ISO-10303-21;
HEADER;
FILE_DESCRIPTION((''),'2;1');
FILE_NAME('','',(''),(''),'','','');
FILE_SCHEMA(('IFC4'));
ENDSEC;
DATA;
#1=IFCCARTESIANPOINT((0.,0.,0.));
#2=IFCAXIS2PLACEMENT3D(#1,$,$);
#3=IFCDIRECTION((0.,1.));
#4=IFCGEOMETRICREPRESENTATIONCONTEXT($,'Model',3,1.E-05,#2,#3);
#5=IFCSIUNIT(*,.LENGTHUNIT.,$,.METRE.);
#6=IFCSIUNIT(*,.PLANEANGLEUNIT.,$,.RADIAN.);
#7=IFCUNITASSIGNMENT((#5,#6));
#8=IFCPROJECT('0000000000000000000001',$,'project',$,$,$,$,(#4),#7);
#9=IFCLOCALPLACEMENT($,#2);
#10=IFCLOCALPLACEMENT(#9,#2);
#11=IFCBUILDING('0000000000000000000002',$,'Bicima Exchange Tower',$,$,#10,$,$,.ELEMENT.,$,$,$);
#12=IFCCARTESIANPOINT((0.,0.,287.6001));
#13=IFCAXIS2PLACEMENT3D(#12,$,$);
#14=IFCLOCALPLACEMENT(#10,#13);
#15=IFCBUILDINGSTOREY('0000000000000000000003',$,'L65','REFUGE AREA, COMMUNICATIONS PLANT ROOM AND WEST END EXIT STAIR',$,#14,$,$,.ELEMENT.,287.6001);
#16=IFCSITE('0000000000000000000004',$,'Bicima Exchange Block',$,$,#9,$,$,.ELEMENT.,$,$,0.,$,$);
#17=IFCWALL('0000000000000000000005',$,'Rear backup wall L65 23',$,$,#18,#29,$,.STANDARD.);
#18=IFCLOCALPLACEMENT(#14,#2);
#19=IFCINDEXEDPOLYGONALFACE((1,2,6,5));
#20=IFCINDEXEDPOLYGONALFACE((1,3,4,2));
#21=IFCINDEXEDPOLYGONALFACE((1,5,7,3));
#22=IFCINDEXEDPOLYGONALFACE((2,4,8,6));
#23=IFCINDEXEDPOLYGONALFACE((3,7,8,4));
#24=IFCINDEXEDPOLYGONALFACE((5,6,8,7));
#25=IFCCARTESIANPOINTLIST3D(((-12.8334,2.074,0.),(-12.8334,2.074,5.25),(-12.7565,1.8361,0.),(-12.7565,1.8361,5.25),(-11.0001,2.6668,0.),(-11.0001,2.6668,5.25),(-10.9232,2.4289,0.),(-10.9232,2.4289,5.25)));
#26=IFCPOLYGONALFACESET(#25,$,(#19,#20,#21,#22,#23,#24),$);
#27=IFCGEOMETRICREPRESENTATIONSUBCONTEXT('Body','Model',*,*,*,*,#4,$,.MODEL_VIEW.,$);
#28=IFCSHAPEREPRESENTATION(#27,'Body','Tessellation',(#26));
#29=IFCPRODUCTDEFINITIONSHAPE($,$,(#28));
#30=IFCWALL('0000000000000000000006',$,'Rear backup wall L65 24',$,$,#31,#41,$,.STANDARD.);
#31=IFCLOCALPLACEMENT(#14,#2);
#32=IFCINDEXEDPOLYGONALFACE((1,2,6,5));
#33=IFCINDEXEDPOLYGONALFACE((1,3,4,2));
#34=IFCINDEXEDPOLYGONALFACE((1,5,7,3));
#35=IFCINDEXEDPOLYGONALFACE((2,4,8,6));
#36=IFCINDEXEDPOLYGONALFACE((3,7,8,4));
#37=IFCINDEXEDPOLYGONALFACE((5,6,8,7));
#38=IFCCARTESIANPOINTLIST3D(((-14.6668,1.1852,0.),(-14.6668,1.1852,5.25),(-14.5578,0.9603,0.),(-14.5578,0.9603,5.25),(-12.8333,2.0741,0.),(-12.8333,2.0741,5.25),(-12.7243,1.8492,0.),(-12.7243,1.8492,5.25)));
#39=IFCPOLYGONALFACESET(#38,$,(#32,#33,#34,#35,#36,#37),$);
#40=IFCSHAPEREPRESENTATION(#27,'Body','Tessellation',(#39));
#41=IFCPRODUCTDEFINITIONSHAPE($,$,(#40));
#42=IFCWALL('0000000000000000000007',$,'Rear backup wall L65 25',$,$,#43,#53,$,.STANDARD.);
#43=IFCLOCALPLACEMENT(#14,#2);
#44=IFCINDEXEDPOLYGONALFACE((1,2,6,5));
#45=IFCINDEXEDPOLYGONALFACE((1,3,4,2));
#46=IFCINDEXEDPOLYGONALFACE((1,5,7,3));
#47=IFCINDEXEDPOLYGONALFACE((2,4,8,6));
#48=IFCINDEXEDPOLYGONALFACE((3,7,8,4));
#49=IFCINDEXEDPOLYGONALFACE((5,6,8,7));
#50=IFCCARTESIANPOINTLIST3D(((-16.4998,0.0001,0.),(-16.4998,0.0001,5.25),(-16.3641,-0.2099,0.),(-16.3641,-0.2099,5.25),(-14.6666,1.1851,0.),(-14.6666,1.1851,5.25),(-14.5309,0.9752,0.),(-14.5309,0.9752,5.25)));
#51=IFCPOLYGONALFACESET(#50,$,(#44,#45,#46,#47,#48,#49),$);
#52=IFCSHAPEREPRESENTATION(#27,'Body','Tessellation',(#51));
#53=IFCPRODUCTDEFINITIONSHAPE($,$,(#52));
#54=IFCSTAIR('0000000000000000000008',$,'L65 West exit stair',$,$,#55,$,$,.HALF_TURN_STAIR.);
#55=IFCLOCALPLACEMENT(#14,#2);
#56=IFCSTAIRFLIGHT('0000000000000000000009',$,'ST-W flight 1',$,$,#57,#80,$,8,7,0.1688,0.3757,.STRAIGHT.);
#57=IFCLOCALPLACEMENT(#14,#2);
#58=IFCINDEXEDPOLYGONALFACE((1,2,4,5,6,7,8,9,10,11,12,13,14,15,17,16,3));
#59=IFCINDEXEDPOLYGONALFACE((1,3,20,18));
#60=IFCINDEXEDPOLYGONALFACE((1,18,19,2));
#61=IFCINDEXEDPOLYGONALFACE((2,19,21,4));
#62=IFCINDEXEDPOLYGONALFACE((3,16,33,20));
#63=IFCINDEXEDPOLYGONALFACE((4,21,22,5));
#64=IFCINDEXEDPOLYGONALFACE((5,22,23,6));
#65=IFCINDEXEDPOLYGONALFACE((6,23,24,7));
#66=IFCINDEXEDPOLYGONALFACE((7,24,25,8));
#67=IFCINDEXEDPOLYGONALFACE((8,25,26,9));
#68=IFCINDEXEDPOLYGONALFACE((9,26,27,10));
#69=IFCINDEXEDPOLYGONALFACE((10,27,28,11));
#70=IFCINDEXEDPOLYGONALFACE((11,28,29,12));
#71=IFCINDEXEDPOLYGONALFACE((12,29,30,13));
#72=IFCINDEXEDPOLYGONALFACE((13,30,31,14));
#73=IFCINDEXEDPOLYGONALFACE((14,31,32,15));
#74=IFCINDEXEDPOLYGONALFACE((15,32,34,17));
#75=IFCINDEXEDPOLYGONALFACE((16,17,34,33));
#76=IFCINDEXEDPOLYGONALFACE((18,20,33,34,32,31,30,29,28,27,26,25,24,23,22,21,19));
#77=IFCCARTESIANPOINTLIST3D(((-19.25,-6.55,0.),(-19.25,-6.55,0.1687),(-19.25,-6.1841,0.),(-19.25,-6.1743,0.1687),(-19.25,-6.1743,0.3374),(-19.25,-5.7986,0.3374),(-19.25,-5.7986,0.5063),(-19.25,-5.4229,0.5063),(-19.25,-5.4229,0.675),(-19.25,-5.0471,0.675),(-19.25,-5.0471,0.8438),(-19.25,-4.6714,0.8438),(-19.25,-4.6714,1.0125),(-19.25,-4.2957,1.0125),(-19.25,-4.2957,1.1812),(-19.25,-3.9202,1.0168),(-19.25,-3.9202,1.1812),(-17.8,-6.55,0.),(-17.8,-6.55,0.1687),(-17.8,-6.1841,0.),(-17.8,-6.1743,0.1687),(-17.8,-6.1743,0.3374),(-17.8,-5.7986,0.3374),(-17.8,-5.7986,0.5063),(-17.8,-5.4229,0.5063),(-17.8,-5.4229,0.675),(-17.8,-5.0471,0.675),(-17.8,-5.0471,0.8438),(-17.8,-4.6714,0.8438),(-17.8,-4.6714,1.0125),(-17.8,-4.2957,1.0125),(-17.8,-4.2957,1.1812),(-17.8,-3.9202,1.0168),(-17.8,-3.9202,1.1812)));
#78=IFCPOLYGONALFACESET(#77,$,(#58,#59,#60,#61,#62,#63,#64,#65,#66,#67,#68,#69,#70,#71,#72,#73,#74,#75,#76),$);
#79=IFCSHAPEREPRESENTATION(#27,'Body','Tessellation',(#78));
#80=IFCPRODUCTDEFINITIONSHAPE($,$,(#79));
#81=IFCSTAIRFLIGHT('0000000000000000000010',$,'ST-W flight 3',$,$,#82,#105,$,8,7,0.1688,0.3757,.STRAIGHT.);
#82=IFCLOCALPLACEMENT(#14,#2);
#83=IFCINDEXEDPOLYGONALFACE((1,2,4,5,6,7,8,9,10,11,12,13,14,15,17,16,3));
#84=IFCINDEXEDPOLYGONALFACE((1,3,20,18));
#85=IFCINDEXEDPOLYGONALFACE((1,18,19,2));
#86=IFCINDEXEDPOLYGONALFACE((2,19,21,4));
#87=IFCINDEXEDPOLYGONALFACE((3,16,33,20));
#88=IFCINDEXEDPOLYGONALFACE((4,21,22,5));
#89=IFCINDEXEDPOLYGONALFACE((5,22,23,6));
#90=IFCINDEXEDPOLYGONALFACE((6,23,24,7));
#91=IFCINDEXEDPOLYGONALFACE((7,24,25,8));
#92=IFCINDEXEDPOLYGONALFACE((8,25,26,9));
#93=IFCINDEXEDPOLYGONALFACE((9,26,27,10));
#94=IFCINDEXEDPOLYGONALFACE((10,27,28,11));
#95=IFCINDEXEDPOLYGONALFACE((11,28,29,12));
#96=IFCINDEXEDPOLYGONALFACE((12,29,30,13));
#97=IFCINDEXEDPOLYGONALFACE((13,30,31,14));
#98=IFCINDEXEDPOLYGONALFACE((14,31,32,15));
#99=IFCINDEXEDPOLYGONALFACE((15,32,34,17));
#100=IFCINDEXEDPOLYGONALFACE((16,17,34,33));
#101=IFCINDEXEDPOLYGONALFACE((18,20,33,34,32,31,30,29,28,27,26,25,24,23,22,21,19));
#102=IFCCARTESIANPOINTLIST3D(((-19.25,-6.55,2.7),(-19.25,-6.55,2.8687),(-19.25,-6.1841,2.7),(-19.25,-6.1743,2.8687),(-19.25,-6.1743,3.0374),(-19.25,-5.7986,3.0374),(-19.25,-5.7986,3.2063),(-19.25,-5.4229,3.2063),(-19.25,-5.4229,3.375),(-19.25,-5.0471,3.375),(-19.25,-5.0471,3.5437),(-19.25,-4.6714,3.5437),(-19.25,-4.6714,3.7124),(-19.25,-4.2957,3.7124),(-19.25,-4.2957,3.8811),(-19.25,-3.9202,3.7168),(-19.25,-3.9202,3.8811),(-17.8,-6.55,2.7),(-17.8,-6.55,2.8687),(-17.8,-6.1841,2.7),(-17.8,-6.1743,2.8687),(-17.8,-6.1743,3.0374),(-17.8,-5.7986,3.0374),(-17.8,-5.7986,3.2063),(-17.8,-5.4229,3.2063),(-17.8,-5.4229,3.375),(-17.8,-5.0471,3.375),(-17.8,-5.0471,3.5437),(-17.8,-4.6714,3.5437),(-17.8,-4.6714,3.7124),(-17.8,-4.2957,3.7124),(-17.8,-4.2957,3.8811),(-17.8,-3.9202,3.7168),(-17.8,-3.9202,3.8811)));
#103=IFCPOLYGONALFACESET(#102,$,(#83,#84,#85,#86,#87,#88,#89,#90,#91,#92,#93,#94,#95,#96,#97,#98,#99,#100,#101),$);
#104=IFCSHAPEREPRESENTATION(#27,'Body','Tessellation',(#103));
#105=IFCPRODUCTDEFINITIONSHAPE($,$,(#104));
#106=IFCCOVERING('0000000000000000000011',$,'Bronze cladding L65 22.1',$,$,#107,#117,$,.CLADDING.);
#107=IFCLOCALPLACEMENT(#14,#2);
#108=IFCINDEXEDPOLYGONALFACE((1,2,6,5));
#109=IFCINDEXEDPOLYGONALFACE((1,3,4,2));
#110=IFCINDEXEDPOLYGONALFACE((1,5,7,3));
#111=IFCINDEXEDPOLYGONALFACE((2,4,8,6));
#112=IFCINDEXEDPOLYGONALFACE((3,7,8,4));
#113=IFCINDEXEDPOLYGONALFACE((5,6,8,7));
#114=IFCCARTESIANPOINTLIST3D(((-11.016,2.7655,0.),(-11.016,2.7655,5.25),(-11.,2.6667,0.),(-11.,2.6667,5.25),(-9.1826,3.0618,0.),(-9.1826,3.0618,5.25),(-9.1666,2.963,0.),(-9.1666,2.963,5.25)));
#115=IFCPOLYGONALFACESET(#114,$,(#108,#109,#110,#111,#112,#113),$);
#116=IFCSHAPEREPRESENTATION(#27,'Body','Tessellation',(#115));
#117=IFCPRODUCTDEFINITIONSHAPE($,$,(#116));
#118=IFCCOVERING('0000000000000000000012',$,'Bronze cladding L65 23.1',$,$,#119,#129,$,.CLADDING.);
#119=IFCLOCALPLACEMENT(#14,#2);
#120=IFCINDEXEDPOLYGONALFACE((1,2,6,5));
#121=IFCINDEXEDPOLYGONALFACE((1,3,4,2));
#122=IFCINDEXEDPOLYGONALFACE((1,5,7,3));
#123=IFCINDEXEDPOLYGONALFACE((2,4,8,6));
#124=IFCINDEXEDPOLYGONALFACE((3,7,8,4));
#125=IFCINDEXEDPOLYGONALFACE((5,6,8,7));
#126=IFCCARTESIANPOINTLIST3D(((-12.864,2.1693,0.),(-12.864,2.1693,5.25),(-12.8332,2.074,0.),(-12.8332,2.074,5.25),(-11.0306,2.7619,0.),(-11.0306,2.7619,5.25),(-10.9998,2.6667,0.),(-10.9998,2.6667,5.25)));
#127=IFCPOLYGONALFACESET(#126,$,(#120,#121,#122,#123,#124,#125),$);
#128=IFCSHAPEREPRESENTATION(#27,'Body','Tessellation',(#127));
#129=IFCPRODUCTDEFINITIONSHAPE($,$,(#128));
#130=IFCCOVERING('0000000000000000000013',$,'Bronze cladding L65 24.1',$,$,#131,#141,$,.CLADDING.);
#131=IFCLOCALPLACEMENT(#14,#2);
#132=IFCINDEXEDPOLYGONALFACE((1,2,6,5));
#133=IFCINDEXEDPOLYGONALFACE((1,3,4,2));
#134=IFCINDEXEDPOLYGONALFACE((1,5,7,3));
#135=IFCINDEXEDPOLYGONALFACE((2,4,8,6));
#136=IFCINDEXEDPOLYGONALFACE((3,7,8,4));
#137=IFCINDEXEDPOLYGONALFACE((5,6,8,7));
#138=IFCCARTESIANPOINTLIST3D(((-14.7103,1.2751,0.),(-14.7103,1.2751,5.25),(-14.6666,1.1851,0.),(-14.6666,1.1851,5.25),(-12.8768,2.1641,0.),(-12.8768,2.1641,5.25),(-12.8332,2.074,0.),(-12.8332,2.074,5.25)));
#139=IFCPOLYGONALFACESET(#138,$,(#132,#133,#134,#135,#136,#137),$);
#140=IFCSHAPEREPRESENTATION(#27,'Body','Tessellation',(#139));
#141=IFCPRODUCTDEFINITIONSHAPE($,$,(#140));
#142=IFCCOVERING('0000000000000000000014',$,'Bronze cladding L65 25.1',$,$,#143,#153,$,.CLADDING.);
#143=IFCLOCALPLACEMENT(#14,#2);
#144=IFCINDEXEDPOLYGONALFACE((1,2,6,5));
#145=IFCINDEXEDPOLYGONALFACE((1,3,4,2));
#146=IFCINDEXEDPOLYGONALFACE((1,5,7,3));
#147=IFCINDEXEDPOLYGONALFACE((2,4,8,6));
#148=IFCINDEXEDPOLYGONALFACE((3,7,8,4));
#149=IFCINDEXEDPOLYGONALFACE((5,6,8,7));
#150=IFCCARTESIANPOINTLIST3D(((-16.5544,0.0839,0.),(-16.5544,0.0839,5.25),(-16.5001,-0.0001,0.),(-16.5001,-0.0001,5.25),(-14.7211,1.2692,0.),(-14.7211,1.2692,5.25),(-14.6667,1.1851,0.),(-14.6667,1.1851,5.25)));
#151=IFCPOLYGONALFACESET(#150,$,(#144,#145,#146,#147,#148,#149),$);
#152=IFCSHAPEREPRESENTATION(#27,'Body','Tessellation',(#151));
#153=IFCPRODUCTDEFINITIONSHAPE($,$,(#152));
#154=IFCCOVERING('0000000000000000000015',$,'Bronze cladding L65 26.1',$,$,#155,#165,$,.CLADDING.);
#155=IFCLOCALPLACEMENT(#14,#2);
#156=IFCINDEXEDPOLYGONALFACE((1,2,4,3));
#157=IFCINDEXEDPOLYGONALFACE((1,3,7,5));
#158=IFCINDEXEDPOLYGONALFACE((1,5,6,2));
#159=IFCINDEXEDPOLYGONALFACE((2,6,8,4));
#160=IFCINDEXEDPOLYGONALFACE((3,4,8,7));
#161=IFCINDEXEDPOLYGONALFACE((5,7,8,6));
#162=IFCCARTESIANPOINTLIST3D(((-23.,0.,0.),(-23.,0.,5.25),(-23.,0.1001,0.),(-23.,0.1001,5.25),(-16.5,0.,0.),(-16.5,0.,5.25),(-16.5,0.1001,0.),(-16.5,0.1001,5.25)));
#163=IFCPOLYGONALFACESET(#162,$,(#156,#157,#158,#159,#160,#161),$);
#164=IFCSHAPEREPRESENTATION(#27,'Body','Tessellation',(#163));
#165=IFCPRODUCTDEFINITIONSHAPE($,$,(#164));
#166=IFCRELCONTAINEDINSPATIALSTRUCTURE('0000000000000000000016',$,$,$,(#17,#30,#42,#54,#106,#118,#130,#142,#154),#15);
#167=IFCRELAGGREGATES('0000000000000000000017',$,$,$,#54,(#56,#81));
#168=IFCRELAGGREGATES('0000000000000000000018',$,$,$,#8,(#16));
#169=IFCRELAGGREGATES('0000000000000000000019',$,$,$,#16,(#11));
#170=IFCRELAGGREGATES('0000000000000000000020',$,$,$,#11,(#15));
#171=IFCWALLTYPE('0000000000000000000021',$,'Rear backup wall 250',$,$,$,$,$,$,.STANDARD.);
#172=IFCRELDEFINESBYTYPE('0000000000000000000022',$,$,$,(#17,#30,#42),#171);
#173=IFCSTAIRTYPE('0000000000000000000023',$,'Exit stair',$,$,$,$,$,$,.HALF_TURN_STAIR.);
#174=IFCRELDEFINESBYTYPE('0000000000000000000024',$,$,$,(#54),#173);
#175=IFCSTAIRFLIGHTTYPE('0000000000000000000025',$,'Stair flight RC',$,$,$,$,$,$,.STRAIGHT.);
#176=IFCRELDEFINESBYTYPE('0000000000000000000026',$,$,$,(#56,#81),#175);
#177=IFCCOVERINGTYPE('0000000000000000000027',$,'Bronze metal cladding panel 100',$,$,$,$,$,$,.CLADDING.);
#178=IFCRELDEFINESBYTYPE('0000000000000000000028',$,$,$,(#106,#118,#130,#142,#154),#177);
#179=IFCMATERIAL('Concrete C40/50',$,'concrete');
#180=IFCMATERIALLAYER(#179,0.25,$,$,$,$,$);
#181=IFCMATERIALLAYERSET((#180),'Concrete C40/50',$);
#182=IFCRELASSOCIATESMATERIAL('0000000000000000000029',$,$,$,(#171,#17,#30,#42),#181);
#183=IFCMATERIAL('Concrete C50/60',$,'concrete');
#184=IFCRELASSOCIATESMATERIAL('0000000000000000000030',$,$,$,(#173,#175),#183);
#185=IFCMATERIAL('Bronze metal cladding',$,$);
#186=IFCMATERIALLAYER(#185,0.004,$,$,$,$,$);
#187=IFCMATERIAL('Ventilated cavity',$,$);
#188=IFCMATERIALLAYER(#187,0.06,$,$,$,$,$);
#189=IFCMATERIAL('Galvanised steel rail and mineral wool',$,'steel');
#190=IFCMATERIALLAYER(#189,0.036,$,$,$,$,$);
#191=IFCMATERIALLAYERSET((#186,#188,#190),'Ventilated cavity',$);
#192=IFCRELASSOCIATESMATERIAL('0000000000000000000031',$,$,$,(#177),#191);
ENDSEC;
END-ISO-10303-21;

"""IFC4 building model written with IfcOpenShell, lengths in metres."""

from ifc_helpers import new_model, si_unit, direction, frame, frame_2d, origin, origin_2d, place, context, subcontext, project, spatial, polyline, rectangle, outline, extrude, material, layer, layer_set, layer_usage, type_object, element, aggregate, save


model = new_model("IFC4")

# Units and contexts
model_context = context("Model", 3, precision=1e-05, world=origin(), true_north=direction((0.0, 1.0)))
body_context = subcontext(model_context, "Body", "Model", "MODEL_VIEW")
ifc_project = project(units=[si_unit("LENGTHUNIT", "METRE"), si_unit("PLANEANGLEUNIT", "RADIAN")], contexts=[model_context])

# Site, building, storey
site_placement = place(None, origin())
site = spatial("IfcSite", under=ifc_project, at=site_placement, Name="Bicima Exchange Block", CompositionType="ELEMENT", RefElevation=0.0)
building_placement = place(site_placement, origin())
building = spatial("IfcBuilding", under=site, at=building_placement, Name="Bicima Exchange Tower", CompositionType="ELEMENT")
storey_placement = place(building_placement, frame((0.0, 0.0, 287.6001)))
storey = spatial("IfcBuildingStorey", under=building, at=storey_placement, Name="L65", Description="REFUGE AREA, COMMUNICATIONS PLANT ROOM AND WEST END EXIT STAIR", CompositionType="ELEMENT", Elevation=287.6001)

# Shared definitions
ifc_material_1 = material(Name="Concrete C40/50", Category="concrete")

# Walls
ifc_layer_1 = layer(ifc_material_1, 0.25)
ifc_layer_set_1 = layer_set([ifc_layer_1], Name="Concrete C40/50")
ifc_layer_usage = layer_usage(ifc_layer_set_1, "AXIS2", "POSITIVE", -0.125)
wall_type_1 = type_object("IfcWallType", Name="Rear backup wall 250", PredefinedType="STANDARD", material=ifc_layer_set_1)
wall_1_placement = place(storey_placement, frame((-10.9617, 2.5479, 0.0), z_axis=(0.0, 0.0, 1.0), x_axis=(-0.951496, -0.307662, 0.0)))
element("IfcWall", 1, at=wall_1_placement, inside=storey, type_object=wall_type_1, material=ifc_layer_usage, Name="Rear backup wall L65 23", PredefinedType="STANDARD", context=body_context, shape_type="SweptSolid", body=[
    extrude(rectangle(XDim=1.9268, YDim=0.25, at=frame_2d((0.9634, 0.0))), origin(), (0.0, 0.0, 1.0), 5.25),
])
wall_2_placement = place(storey_placement, frame((-12.7788, 1.9617, 0.0), z_axis=(0.0, 0.0, 1.0), x_axis=(-0.899824, -0.436253, 0.0)))
element("IfcWall", 2, at=wall_2_placement, inside=storey, type_object=wall_type_1, material=ifc_layer_usage, Name="Rear backup wall L65 24", PredefinedType="STANDARD", context=body_context, shape_type="SweptSolid", body=[
    extrude(rectangle(XDim=2.0376, YDim=0.25, at=frame_2d((1.0188, 0.0))), origin(), (0.0, 0.0, 1.0), 5.25),
])
wall_3_placement = place(storey_placement, frame((-14.5989, 1.0801, 0.0), z_axis=(0.0, 0.0, 1.0), x_axis=(-0.839813, -0.542876, 0.0)))
element("IfcWall", 3, at=wall_3_placement, inside=storey, type_object=wall_type_1, material=ifc_layer_usage, Name="Rear backup wall L65 25", PredefinedType="STANDARD", context=body_context, shape_type="SweptSolid", body=[
    extrude(rectangle(XDim=2.1829, YDim=0.25, at=frame_2d((1.0913, 0.0))), origin(), (0.0, 0.0, 1.0), 5.25),
])

# Stair, stair flights
ifc_material_2 = material(Name="Concrete C50/60", Category="concrete")
stair_type = type_object("IfcStairType", Name="Exit stair", PredefinedType="HALF_TURN_STAIR", material=ifc_material_2)
stair_placement = place(storey_placement, origin())
stair = element("IfcStair", 4, at=stair_placement, inside=storey, type_object=stair_type, Name="L65 West exit stair", PredefinedType="HALF_TURN_STAIR")
stair_flight_type = type_object("IfcStairFlightType", Name="Stair flight RC", PredefinedType="STRAIGHT", material=ifc_material_2)
stair_flight_1_placement = place(storey_placement, frame((-18.5249, -6.55, 0.0), z_axis=(0.0, 0.0, 1.0), x_axis=(0.0, 1.0, 0.0)))
stair_flight_1 = element("IfcStairFlight", 5, at=stair_flight_1_placement, type_object=stair_flight_type, Name="ST-W flight 1", NumberOfRisers=8, NumberOfTreads=7, PredefinedType="STRAIGHT", RiserHeight=0.1688, TreadLength=0.3757, context=body_context, shape_type="SweptSolid", body=[
    extrude(outline(polyline([(0.0, 0.0), (0.0, 0.1687), (0.3757, 0.1687), (0.3757, 0.3374), (0.7515, 0.3374), (0.7515, 0.5063), (1.1272, 0.5063), (1.1272, 0.675), (1.5029, 0.675), (1.5029, 0.8438), (1.8787, 0.8438), (1.8787, 1.0125), (2.2544, 1.0125), (2.2544, 1.1812), (2.6299, 1.1812), (2.6299, 1.3501), (2.6299, 1.0168), (0.366, 0.0), (0.0, 0.0)])), frame((0.0, 0.7251, 0.0), z_axis=(0.0, -1.0, 0.0), x_axis=(1.0, 0.0, 0.0)), (0.0, 0.0, 1.0), 1.45),
])
stair_flight_2_placement = place(storey_placement, frame((-18.5249, -6.55, 2.7), z_axis=(0.0, 0.0, 1.0), x_axis=(0.0, 1.0, 0.0)))
stair_flight_2 = element("IfcStairFlight", 6, at=stair_flight_2_placement, type_object=stair_flight_type, Name="ST-W flight 3", NumberOfRisers=8, NumberOfTreads=7, PredefinedType="STRAIGHT", RiserHeight=0.1688, TreadLength=0.3757, context=body_context, shape_type="SweptSolid", body=[
    extrude(outline(polyline([(0.0, 0.0), (0.0, 0.1687), (0.3757, 0.1687), (0.3757, 0.3374), (0.7515, 0.3374), (0.7515, 0.5063), (1.1272, 0.5063), (1.1272, 0.675), (1.5029, 0.675), (1.5029, 0.8438), (1.8787, 0.8438), (1.8787, 1.0125), (2.2544, 1.0125), (2.2544, 1.1812), (2.6299, 1.1812), (2.6299, 1.3501), (2.6299, 1.0168), (0.366, 0.0), (0.0, 0.0)])), frame((0.0, 0.7251, 0.0), z_axis=(0.0, -1.0, 0.0), x_axis=(1.0, 0.0, 0.0)), (0.0, 0.0, 1.0), 1.45),
])
aggregate(stair, [stair_flight_1, stair_flight_2])

# Coverings
ifc_material_3 = material(Name="Bronze metal cladding")
ifc_layer_2 = layer(ifc_material_3, 0.004)
ifc_material_4 = material(Name="Ventilated cavity")
ifc_layer_3 = layer(ifc_material_4, 0.06)
ifc_material_5 = material(Name="Galvanised steel rail and mineral wool", Category="steel")
ifc_layer_4 = layer(ifc_material_5, 0.036)
ifc_layer_set_2 = layer_set([ifc_layer_2, ifc_layer_3, ifc_layer_4], Name="Ventilated cavity")
covering_type = type_object("IfcCoveringType", Name="Bronze metal cladding panel 100", PredefinedType="CLADDING", material=ifc_layer_set_2)
covering_1_placement = place(storey_placement, frame((-10.0913, 2.8643, 0.0), z_axis=(0.0, 0.0, 1.0), x_axis=(-0.98719, -0.15955, 0.0)))
element("IfcCovering", 7, at=covering_1_placement, inside=storey, type_object=covering_type, Name="Bronze cladding L65 22.1", PredefinedType="CLADDING", context=body_context, shape_type="SweptSolid", body=[
    extrude(rectangle(XDim=1.8572, YDim=0.1001, at=origin_2d()), origin(), (0.0, 0.0, 1.0), 5.25),
])
covering_2_placement = place(storey_placement, frame((-11.9319, 2.418, 0.0), z_axis=(0.0, 0.0, 1.0), x_axis=(-0.951525, -0.307573, 0.0)))
element("IfcCovering", 8, at=covering_2_placement, inside=storey, type_object=covering_type, Name="Bronze cladding L65 23.1", PredefinedType="CLADDING", context=body_context, shape_type="SweptSolid", body=[
    extrude(rectangle(XDim=1.9268, YDim=0.1001, at=origin_2d()), origin(), (0.0, 0.0, 1.0), 5.25),
])
covering_3_placement = place(storey_placement, frame((-13.7717, 1.6746, 0.0), z_axis=(0.0, 0.0, 1.0), x_axis=(-0.899818, -0.436265, 0.0)))
element("IfcCovering", 9, at=covering_3_placement, inside=storey, type_object=covering_type, Name="Bronze cladding L65 24.1", PredefinedType="CLADDING", context=body_context, shape_type="SweptSolid", body=[
    extrude(rectangle(XDim=2.0376, YDim=0.1001, at=origin_2d()), origin(), (0.0, 0.0, 1.0), 5.25),
])
covering_4_placement = place(storey_placement, frame((-15.6106, 0.6345, 0.0), z_axis=(0.0, 0.0, 1.0), x_axis=(-0.83979, -0.542911, 0.0)))
element("IfcCovering", 10, at=covering_4_placement, inside=storey, type_object=covering_type, Name="Bronze cladding L65 25.1", PredefinedType="CLADDING", context=body_context, shape_type="SweptSolid", body=[
    extrude(rectangle(XDim=2.1831, YDim=0.1001, at=origin_2d()), origin(), (0.0, 0.0, 1.0), 5.25),
])
covering_5_placement = place(storey_placement, frame((-19.75, 0.05, 0.0), z_axis=(0.0, 0.0, 1.0), x_axis=(-1.0, 0.0, 0.0)))
element("IfcCovering", 11, at=covering_5_placement, inside=storey, type_object=covering_type, Name="Bronze cladding L65 26.1", PredefinedType="CLADDING", context=body_context, shape_type="SweptSolid", body=[
    extrude(rectangle(XDim=6.5, YDim=0.1001, at=origin_2d()), origin(), (0.0, 0.0, 1.0), 5.25),
])

save(model, "model.ifc")
